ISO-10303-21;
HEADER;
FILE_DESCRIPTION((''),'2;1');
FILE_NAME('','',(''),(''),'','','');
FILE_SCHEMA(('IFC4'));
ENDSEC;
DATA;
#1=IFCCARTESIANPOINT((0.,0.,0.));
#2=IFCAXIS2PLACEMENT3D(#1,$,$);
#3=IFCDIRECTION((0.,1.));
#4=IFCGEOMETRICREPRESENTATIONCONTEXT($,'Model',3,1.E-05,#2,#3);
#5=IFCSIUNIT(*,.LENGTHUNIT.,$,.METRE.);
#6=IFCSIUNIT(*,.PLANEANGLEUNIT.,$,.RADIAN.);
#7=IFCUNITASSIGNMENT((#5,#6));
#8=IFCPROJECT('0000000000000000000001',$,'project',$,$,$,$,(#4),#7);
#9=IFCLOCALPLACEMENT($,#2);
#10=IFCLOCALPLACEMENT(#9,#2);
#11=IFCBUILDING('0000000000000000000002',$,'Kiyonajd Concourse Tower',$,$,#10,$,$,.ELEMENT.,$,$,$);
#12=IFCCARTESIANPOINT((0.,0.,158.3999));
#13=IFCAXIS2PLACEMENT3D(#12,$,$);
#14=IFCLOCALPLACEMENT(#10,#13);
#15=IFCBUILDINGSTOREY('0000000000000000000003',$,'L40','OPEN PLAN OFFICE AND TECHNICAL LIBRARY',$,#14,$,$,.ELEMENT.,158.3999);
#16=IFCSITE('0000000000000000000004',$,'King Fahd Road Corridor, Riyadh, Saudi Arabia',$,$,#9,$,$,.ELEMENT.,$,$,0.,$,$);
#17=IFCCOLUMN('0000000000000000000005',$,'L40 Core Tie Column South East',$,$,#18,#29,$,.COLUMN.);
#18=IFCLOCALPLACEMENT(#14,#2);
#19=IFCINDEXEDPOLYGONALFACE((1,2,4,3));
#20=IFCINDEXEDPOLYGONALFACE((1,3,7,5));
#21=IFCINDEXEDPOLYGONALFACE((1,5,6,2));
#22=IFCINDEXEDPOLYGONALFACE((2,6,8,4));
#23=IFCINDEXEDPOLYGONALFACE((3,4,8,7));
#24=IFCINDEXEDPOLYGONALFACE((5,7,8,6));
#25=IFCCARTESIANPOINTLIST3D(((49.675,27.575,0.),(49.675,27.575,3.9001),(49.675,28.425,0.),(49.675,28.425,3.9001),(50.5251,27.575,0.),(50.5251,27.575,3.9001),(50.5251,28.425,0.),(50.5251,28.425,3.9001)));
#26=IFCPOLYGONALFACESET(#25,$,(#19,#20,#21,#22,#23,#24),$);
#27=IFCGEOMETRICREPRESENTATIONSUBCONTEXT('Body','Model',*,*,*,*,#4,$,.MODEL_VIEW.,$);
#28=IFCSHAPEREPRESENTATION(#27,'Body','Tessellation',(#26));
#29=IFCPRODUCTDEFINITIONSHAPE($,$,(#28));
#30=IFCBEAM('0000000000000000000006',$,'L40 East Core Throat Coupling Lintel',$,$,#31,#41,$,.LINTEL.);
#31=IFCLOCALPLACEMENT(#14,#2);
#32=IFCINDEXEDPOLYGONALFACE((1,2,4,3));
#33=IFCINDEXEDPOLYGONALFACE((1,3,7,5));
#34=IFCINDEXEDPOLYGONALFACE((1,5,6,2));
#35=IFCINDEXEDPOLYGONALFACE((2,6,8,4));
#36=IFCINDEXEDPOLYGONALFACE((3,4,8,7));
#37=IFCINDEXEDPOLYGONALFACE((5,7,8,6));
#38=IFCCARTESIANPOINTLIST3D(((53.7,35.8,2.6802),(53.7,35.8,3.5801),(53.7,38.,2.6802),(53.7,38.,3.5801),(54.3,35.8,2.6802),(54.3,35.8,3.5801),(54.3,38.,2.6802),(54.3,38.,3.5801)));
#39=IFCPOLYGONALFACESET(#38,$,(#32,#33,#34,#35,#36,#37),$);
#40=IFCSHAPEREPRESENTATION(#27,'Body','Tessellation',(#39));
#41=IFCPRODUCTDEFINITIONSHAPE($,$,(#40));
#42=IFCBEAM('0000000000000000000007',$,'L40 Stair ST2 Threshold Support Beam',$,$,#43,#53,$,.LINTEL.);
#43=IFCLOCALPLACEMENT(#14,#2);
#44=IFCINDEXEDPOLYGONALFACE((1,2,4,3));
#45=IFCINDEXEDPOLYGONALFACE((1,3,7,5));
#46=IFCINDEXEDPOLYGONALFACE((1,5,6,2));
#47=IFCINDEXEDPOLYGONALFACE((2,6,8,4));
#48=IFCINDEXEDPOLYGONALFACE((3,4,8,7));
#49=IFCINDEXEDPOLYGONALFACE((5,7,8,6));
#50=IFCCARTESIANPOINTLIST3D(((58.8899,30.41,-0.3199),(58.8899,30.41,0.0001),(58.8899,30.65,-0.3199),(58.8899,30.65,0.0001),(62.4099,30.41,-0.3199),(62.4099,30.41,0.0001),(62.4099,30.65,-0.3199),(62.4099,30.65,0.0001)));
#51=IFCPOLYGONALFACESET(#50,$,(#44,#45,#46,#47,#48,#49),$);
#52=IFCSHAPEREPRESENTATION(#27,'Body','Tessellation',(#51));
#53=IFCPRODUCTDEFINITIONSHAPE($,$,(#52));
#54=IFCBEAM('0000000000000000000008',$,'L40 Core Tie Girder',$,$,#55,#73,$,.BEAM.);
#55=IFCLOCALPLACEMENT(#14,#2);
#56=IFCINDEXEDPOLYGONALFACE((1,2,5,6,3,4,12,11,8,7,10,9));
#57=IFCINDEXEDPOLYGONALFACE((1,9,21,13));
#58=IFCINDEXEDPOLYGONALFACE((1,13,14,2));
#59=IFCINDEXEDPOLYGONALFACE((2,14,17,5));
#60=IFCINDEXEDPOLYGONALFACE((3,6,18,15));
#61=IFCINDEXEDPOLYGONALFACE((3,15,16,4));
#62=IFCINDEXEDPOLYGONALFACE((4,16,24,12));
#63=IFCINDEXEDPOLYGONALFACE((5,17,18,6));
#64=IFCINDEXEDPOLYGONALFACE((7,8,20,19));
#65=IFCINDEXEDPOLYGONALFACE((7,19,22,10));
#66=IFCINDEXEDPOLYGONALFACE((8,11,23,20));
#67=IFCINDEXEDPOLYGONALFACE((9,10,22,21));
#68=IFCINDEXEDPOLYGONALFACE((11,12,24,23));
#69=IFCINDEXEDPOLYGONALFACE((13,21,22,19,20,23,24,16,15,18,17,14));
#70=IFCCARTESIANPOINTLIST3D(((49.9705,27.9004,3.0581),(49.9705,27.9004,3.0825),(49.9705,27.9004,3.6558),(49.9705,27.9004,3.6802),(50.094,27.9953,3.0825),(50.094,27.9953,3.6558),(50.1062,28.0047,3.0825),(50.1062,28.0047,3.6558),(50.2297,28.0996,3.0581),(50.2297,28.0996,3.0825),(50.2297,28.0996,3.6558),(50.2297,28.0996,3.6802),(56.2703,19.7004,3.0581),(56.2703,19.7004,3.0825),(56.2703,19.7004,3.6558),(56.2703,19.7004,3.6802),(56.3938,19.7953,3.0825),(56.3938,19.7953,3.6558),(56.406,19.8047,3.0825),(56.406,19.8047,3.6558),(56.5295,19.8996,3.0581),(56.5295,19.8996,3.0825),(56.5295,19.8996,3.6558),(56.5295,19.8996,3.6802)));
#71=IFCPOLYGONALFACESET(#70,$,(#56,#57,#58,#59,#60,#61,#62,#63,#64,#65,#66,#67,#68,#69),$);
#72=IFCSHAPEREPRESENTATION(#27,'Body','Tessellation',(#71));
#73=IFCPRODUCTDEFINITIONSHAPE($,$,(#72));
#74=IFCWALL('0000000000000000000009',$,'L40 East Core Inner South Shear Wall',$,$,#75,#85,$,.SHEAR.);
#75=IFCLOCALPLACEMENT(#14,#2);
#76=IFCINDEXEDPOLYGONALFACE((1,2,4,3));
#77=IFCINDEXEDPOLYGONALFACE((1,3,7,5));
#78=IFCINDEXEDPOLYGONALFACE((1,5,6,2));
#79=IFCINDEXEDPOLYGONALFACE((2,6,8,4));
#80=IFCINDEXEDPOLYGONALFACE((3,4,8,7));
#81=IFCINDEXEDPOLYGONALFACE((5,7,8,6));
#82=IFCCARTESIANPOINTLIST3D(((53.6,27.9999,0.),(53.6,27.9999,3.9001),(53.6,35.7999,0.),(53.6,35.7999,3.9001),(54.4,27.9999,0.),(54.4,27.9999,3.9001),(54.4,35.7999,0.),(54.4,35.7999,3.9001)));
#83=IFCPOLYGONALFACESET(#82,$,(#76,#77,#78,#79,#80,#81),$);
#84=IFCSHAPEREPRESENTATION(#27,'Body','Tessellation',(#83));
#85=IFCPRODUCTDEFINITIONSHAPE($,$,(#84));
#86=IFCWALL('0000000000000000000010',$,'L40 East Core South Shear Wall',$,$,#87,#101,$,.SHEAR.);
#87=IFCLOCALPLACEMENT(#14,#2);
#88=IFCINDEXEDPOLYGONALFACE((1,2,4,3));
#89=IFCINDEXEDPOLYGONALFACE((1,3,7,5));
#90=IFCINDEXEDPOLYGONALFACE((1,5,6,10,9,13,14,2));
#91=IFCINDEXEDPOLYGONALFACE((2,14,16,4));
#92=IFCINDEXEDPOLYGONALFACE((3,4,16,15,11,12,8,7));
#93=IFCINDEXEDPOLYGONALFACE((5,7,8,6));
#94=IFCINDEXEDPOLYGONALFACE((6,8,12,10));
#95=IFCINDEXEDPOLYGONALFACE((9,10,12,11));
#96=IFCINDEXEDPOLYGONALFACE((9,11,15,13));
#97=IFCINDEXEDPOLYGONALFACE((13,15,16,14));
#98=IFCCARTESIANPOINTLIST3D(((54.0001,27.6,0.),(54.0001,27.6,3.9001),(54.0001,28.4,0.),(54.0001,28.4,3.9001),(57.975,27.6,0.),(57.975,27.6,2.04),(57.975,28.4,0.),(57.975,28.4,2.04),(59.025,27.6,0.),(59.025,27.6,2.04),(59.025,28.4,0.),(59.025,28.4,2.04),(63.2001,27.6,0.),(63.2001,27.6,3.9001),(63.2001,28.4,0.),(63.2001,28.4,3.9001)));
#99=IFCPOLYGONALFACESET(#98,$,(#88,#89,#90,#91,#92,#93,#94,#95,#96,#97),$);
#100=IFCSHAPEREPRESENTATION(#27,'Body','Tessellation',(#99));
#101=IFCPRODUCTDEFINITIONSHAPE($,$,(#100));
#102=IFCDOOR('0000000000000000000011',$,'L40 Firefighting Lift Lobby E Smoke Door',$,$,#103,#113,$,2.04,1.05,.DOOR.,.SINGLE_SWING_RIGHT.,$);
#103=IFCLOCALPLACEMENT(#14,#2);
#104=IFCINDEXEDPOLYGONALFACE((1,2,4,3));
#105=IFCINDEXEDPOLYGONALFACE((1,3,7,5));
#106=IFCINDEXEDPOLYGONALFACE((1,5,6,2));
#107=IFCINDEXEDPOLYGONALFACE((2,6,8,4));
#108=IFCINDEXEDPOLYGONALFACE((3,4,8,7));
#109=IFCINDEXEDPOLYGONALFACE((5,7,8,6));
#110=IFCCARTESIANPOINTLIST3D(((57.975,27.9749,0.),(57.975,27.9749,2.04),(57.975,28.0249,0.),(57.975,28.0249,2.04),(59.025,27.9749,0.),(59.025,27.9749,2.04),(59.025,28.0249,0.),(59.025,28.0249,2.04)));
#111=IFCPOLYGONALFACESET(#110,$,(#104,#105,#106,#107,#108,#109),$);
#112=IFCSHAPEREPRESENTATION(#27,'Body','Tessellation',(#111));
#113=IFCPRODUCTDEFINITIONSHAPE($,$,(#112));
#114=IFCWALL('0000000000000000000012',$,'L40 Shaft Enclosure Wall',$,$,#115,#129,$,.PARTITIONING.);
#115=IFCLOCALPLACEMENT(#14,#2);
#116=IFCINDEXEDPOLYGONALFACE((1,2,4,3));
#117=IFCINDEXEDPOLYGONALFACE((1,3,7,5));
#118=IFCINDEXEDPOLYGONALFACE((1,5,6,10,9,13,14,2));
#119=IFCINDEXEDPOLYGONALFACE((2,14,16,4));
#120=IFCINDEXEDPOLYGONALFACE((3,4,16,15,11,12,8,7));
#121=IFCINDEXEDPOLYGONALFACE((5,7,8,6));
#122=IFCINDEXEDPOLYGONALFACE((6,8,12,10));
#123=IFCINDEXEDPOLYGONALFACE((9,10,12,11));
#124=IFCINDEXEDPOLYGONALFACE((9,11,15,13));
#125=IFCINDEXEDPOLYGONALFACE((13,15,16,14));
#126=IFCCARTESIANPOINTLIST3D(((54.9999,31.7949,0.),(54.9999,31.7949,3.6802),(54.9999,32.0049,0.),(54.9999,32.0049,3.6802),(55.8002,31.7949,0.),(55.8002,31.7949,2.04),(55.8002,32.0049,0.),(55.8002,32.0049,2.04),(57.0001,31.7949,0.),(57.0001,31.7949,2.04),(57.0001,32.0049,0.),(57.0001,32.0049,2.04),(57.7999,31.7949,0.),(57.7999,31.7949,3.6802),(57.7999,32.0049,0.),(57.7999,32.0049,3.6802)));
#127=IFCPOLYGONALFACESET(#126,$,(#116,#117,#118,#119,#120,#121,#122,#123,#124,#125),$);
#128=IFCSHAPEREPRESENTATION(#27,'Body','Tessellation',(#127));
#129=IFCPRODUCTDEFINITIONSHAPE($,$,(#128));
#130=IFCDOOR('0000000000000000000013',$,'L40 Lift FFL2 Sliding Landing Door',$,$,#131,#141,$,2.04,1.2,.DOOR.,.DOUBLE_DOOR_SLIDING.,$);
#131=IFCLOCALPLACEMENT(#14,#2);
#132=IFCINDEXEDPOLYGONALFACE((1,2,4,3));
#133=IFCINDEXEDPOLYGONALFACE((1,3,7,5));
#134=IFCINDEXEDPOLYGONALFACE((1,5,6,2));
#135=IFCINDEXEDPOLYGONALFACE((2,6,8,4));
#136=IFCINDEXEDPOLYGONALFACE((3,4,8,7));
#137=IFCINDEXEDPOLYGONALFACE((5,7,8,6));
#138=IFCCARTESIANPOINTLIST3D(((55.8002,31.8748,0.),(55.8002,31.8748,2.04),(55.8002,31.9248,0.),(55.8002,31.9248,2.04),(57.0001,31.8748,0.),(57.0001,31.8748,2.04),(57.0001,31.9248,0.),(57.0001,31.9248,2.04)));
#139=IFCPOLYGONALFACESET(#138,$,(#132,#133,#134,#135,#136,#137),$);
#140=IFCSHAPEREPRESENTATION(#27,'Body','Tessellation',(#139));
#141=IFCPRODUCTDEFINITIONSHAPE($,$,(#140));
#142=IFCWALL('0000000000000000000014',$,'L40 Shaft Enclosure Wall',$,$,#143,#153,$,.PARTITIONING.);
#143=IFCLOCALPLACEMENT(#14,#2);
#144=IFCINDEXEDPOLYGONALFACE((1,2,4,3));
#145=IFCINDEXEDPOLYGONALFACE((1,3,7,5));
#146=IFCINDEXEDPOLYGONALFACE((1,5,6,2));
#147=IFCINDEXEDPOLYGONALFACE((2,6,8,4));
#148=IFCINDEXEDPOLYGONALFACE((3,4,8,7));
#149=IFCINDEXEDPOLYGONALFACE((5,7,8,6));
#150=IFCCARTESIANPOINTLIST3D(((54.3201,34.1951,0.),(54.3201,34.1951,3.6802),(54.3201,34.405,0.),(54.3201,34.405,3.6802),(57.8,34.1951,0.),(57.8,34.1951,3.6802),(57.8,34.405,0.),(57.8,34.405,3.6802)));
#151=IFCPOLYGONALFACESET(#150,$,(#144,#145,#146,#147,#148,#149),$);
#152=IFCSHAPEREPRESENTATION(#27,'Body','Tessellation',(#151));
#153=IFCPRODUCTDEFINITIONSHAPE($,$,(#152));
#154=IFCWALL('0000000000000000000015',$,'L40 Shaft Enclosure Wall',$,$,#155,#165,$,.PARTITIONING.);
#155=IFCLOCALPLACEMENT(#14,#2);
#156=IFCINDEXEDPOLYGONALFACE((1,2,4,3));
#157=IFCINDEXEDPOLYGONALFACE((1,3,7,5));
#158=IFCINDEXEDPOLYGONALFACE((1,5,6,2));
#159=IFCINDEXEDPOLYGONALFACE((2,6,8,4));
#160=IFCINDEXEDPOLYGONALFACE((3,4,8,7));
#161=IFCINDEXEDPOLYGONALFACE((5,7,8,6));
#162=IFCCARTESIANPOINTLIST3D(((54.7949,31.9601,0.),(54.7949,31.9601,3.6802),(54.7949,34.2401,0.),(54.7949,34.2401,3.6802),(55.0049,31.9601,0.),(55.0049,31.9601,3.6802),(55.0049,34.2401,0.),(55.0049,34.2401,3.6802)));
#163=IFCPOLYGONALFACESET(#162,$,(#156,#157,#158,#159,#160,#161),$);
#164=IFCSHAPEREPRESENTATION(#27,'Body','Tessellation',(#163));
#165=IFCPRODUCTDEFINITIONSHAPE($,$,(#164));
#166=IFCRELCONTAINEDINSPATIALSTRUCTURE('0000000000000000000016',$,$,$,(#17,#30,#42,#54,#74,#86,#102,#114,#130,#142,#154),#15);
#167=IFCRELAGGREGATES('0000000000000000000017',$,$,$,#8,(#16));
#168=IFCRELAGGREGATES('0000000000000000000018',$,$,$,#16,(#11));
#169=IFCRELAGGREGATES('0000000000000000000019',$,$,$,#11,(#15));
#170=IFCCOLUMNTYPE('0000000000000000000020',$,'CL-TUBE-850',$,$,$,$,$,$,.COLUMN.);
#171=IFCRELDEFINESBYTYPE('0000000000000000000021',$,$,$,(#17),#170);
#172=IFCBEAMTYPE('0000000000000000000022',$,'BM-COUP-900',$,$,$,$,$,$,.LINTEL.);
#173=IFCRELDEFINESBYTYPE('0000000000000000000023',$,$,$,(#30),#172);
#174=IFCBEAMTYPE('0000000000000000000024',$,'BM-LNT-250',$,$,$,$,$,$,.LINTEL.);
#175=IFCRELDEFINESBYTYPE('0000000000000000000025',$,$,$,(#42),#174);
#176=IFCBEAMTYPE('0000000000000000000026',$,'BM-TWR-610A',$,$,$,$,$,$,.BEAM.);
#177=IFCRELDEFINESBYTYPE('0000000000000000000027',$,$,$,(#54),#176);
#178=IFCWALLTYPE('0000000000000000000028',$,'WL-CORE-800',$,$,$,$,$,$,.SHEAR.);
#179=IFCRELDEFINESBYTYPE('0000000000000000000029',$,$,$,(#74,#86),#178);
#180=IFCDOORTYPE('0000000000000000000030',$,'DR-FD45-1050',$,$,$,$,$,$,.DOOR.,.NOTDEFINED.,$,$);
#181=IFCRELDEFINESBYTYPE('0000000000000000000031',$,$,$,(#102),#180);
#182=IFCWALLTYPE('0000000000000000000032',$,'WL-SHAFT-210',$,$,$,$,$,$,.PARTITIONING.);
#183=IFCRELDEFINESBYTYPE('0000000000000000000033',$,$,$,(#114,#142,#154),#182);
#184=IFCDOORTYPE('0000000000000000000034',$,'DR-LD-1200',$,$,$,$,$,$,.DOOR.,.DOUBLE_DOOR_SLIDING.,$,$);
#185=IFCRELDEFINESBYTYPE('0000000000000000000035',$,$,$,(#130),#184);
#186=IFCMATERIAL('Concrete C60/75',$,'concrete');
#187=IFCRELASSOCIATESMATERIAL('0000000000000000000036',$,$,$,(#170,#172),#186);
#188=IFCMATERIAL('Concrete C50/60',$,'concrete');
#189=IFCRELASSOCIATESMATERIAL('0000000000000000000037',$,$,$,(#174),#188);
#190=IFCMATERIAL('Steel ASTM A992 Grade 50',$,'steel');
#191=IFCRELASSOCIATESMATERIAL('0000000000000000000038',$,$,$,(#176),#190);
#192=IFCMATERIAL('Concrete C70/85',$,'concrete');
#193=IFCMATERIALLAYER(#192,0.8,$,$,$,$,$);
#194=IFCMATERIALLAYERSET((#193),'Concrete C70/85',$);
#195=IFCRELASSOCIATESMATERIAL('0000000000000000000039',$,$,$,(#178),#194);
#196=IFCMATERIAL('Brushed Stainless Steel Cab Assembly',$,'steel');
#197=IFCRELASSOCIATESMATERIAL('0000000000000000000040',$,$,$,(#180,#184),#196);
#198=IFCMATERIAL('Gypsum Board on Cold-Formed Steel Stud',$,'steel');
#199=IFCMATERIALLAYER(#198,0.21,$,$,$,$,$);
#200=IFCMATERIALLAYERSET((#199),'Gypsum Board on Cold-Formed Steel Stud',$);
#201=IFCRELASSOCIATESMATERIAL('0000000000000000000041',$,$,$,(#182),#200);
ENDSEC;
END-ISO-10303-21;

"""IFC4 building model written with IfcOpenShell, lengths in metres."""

from ifc_helpers import new_model, si_unit, direction, frame, frame_2d, origin, origin_2d, place, context, subcontext, project, spatial, rectangle, i_section, extrude, material, layer, layer_set, material_profile, profile_set, type_object, element, fill, save


model = new_model("IFC4")

# Units and contexts
model_context = context("Model", 3, precision=1e-05, world=origin(), true_north=direction((0.0, 1.0)))
body_context = subcontext(model_context, "Body", "Model", "MODEL_VIEW")
ifc_project = project(units=[si_unit("LENGTHUNIT", "METRE"), si_unit("PLANEANGLEUNIT", "RADIAN")], contexts=[model_context])

# Site, building, storey
site_placement = place(None, origin())
site = spatial("IfcSite", under=ifc_project, at=site_placement, Name="King Fahd Road Corridor, Riyadh, Saudi Arabia", CompositionType="ELEMENT", RefElevation=0.0)
building_placement = place(site_placement, origin())
building = spatial("IfcBuilding", under=site, at=building_placement, Name="Kiyonajd Concourse Tower", CompositionType="ELEMENT")
storey_placement = place(building_placement, frame((0.0, 0.0, 158.3999)))
storey = spatial("IfcBuildingStorey", under=building, at=storey_placement, Name="L40", Description="OPEN PLAN OFFICE AND TECHNICAL LIBRARY", CompositionType="ELEMENT", Elevation=158.3999)

# Column
ifc_material_1 = material(Name="Concrete C60/75", Category="concrete")
ifc_material_profile_1 = material_profile(ifc_material_1, rectangle(XDim=0.8501, YDim=0.8501, at=origin_2d()), Name="RC-850x850")
ifc_profile_set_1 = profile_set([ifc_material_profile_1], Name="Concrete C60/75")
column_type = type_object("IfcColumnType", Name="CL-TUBE-850", PredefinedType="COLUMN", material=ifc_profile_set_1)
column_placement = place(storey_placement, frame((50.1001, 28.0, 0.0), z_axis=(0.0, 0.0, 1.0), x_axis=(1.0, 0.0, 0.0)))
element("IfcColumn", 1, at=column_placement, inside=storey, type_object=column_type, Name="L40 Core Tie Column South East", PredefinedType="COLUMN", context=body_context, shape_type="SweptSolid", body=[
    extrude(rectangle(XDim=0.8501, YDim=0.8501, at=origin_2d()), origin(), (0.0, 0.0, 1.0), 3.9001),
])

# Beams
ifc_material_profile_2 = material_profile(ifc_material_1, rectangle(XDim=0.6001, YDim=0.8999, at=origin_2d()), Name="RCBM-600x900")
ifc_profile_set_2 = profile_set([ifc_material_profile_2], Name="Concrete C60/75")
beam_type_1 = type_object("IfcBeamType", Name="BM-COUP-900", PredefinedType="LINTEL", material=ifc_profile_set_2)
beam_1_placement = place(storey_placement, frame((54.0, 35.8, 3.1301), z_axis=(0.0, 1.0, 0.0), x_axis=(-1.0, 0.0, 0.0)))
element("IfcBeam", 2, at=beam_1_placement, inside=storey, type_object=beam_type_1, Name="L40 East Core Throat Coupling Lintel", PredefinedType="LINTEL", context=body_context, shape_type="SweptSolid", body=[
    extrude(rectangle(XDim=0.6001, YDim=0.8999, at=origin_2d()), origin(), (0.0, 0.0, 1.0), 2.2),
])
ifc_material_2 = material(Name="Concrete C50/60", Category="concrete")
ifc_material_profile_3 = material_profile(ifc_material_2, rectangle(XDim=0.24, YDim=0.3201, at=origin_2d()), Name="RCBM-240x320")
ifc_profile_set_3 = profile_set([ifc_material_profile_3], Name="Concrete C50/60")
beam_type_2 = type_object("IfcBeamType", Name="BM-LNT-250", PredefinedType="LINTEL", material=ifc_profile_set_3)
beam_2_placement = place(storey_placement, frame((58.8899, 30.53, -0.1599), z_axis=(1.0, 0.0, 0.0), x_axis=(0.0, 1.0, 0.0)))
element("IfcBeam", 3, at=beam_2_placement, inside=storey, type_object=beam_type_2, Name="L40 Stair ST2 Threshold Support Beam", PredefinedType="LINTEL", context=body_context, shape_type="SweptSolid", body=[
    extrude(rectangle(XDim=0.24, YDim=0.3201, at=origin_2d()), origin(), (0.0, 0.0, 1.0), 3.52),
])
ifc_material_3 = material(Name="Steel ASTM A992 Grade 50", Category="steel")
ifc_material_profile_4 = material_profile(ifc_material_3, i_section(OverallWidth=0.3269, OverallDepth=0.6221, WebThickness=0.0154, FlangeThickness=0.0244, at=origin_2d()), Name="W610X195")
ifc_profile_set_4 = profile_set([ifc_material_profile_4], Name="Steel ASTM A992 Grade 50")
beam_type_3 = type_object("IfcBeamType", Name="BM-TWR-610A", PredefinedType="BEAM", material=ifc_profile_set_4)
beam_3_placement = place(storey_placement, frame((50.1001, 28.0, 3.3691), z_axis=(0.609234, -0.792991, 0.0), x_axis=(0.792991, 0.609234, 0.0)))
element("IfcBeam", 4, at=beam_3_placement, inside=storey, type_object=beam_type_3, Name="L40 Core Tie Girder", PredefinedType="BEAM", context=body_context, shape_type="SweptSolid", body=[
    extrude(i_section(OverallWidth=0.3269, OverallDepth=0.6221, WebThickness=0.0154, FlangeThickness=0.0244, at=origin_2d()), origin(), (0.0, 0.0, 1.0), 10.3406),
])

# Wall
ifc_material_4 = material(Name="Concrete C70/85", Category="concrete")
ifc_layer_1 = layer(ifc_material_4, 0.8)
ifc_layer_set_1 = layer_set([ifc_layer_1], Name="Concrete C70/85")
wall_type_1 = type_object("IfcWallType", Name="WL-CORE-800", PredefinedType="SHEAR", material=ifc_layer_set_1)
wall_1_placement = place(storey_placement, frame((54.0, 28.0, 0.0), z_axis=(0.0, 0.0, 1.0), x_axis=(0.0, 1.0, 0.0)))
element("IfcWall", 5, at=wall_1_placement, inside=storey, type_object=wall_type_1, Name="L40 East Core Inner South Shear Wall", PredefinedType="SHEAR", context=body_context, shape_type="SweptSolid", body=[
    extrude(rectangle(XDim=7.8, YDim=0.8, at=frame_2d((3.8999, 0.0))), origin(), (0.0, 0.0, 1.0), 3.9001),
])

# Walls, openings, doors
wall_2_placement = place(storey_placement, frame((54.0, 28.0, 0.0), z_axis=(0.0, 0.0, 1.0), x_axis=(1.0, 0.0, 0.0)))
wall_2 = element("IfcWall", 6, at=wall_2_placement, inside=storey, type_object=wall_type_1, Name="L40 East Core South Shear Wall", PredefinedType="SHEAR", context=body_context, shape_type="SweptSolid", body=[
    extrude(rectangle(XDim=9.2, YDim=0.8, at=frame_2d((4.6001, 0.0))), origin(), (0.0, 0.0, 1.0), 3.9001),
])
opening_1_placement = place(wall_2_placement, frame((3.9751, 0.0, 0.0)))
opening_1 = element("IfcOpeningElement", 7, at=opening_1_placement, cuts=wall_2, PredefinedType="OPENING", context=body_context, shape_type="SweptSolid", body=[
    extrude(rectangle(XDim=1.05, YDim=2.04, at=frame_2d((0.5249, 1.02))), frame((0.0, 0.4099, 0.0), z_axis=(0.0, -1.0, 0.0), x_axis=(1.0, 0.0, 0.0)), (0.0, 0.0, 1.0), 0.8201),
])
ifc_material_5 = material(Name="Brushed Stainless Steel Cab Assembly", Category="steel")
door_type_1 = type_object("IfcDoorType", Name="DR-FD45-1050", OperationType="NOTDEFINED", PredefinedType="DOOR", material=ifc_material_5)
door_1_placement = place(opening_1_placement, origin())
door_1 = element("IfcDoor", 8, at=door_1_placement, inside=storey, type_object=door_type_1, Name="L40 Firefighting Lift Lobby E Smoke Door", OperationType="SINGLE_SWING_RIGHT", OverallHeight=2.04, OverallWidth=1.05, PredefinedType="DOOR", context=body_context, shape_type="SweptSolid", body=[
    extrude(rectangle(XDim=1.05, YDim=2.04, at=frame_2d((0.5249, 1.02))), frame((0.0, 0.0249, 0.0), z_axis=(0.0, -1.0, 0.0), x_axis=(1.0, 0.0, 0.0)), (0.0, 0.0, 1.0), 0.05),
])
fill(opening_1, door_1)
ifc_material_6 = material(Name="Gypsum Board on Cold-Formed Steel Stud", Category="steel")
ifc_layer_2 = layer(ifc_material_6, 0.21)
ifc_layer_set_2 = layer_set([ifc_layer_2], Name="Gypsum Board on Cold-Formed Steel Stud")
wall_type_2 = type_object("IfcWallType", Name="WL-SHAFT-210", PredefinedType="PARTITIONING", material=ifc_layer_set_2)
wall_3_placement = place(storey_placement, frame((55.0, 31.8999, 0.0), z_axis=(0.0, 0.0, 1.0), x_axis=(1.0, 0.0, 0.0)))
wall_3 = element("IfcWall", 9, at=wall_3_placement, inside=storey, type_object=wall_type_2, Name="L40 Shaft Enclosure Wall", PredefinedType="PARTITIONING", context=body_context, shape_type="SweptSolid", body=[
    extrude(rectangle(XDim=2.8, YDim=0.21, at=frame_2d((1.3999, 0.0))), origin(), (0.0, 0.0, 1.0), 3.6802),
])
opening_2_placement = place(wall_3_placement, frame((0.8, 0.0, 0.0)))
opening_2 = element("IfcOpeningElement", 10, at=opening_2_placement, cuts=wall_3, PredefinedType="OPENING", context=body_context, shape_type="SweptSolid", body=[
    extrude(rectangle(XDim=1.2, YDim=2.04, at=frame_2d((0.6001, 1.02))), frame((0.0, 0.115, 0.0), z_axis=(0.0, -1.0, 0.0), x_axis=(1.0, 0.0, 0.0)), (0.0, 0.0, 1.0), 0.23),
])
door_type_2 = type_object("IfcDoorType", Name="DR-LD-1200", OperationType="DOUBLE_DOOR_SLIDING", PredefinedType="DOOR", material=ifc_material_5)
door_2_placement = place(opening_2_placement, origin())
door_2 = element("IfcDoor", 11, at=door_2_placement, inside=storey, type_object=door_type_2, Name="L40 Lift FFL2 Sliding Landing Door", OperationType="DOUBLE_DOOR_SLIDING", OverallHeight=2.04, OverallWidth=1.2, PredefinedType="DOOR", context=body_context, shape_type="SweptSolid", body=[
    extrude(rectangle(XDim=1.2, YDim=2.04, at=frame_2d((0.6001, 1.02))), frame((0.0, 0.0249, 0.0), z_axis=(0.0, -1.0, 0.0), x_axis=(1.0, 0.0, 0.0)), (0.0, 0.0, 1.0), 0.05),
])
fill(opening_2, door_2)

# Walls
wall_4_placement = place(storey_placement, frame((54.3201, 34.3, 0.0), z_axis=(0.0, 0.0, 1.0), x_axis=(1.0, 0.0, 0.0)))
element("IfcWall", 12, at=wall_4_placement, inside=storey, type_object=wall_type_2, Name="L40 Shaft Enclosure Wall", PredefinedType="PARTITIONING", context=body_context, shape_type="SweptSolid", body=[
    extrude(rectangle(XDim=3.48, YDim=0.21, at=frame_2d((1.74, 0.0))), origin(), (0.0, 0.0, 1.0), 3.6802),
])
for number, where, z_axis, x_axis, name in (
    (13, (54.8999, 31.96, 0.0), (0.0, 0.0, 1.0), (0.0, 1.0, 0.0), "L40 Shaft Enclosure Wall"),
):
    element("IfcWall", number, at=place(storey_placement, frame(where, z_axis=z_axis, x_axis=x_axis)), inside=storey, type_object=wall_type_2, Name=name, PredefinedType="PARTITIONING", context=body_context, shape_type="SweptSolid", body=[
        extrude(rectangle(XDim=2.28, YDim=0.21, at=frame_2d((1.1401, 0.0))), origin(), (0.0, 0.0, 1.0), 3.6802),
    ])

save(model, "model.ifc")
